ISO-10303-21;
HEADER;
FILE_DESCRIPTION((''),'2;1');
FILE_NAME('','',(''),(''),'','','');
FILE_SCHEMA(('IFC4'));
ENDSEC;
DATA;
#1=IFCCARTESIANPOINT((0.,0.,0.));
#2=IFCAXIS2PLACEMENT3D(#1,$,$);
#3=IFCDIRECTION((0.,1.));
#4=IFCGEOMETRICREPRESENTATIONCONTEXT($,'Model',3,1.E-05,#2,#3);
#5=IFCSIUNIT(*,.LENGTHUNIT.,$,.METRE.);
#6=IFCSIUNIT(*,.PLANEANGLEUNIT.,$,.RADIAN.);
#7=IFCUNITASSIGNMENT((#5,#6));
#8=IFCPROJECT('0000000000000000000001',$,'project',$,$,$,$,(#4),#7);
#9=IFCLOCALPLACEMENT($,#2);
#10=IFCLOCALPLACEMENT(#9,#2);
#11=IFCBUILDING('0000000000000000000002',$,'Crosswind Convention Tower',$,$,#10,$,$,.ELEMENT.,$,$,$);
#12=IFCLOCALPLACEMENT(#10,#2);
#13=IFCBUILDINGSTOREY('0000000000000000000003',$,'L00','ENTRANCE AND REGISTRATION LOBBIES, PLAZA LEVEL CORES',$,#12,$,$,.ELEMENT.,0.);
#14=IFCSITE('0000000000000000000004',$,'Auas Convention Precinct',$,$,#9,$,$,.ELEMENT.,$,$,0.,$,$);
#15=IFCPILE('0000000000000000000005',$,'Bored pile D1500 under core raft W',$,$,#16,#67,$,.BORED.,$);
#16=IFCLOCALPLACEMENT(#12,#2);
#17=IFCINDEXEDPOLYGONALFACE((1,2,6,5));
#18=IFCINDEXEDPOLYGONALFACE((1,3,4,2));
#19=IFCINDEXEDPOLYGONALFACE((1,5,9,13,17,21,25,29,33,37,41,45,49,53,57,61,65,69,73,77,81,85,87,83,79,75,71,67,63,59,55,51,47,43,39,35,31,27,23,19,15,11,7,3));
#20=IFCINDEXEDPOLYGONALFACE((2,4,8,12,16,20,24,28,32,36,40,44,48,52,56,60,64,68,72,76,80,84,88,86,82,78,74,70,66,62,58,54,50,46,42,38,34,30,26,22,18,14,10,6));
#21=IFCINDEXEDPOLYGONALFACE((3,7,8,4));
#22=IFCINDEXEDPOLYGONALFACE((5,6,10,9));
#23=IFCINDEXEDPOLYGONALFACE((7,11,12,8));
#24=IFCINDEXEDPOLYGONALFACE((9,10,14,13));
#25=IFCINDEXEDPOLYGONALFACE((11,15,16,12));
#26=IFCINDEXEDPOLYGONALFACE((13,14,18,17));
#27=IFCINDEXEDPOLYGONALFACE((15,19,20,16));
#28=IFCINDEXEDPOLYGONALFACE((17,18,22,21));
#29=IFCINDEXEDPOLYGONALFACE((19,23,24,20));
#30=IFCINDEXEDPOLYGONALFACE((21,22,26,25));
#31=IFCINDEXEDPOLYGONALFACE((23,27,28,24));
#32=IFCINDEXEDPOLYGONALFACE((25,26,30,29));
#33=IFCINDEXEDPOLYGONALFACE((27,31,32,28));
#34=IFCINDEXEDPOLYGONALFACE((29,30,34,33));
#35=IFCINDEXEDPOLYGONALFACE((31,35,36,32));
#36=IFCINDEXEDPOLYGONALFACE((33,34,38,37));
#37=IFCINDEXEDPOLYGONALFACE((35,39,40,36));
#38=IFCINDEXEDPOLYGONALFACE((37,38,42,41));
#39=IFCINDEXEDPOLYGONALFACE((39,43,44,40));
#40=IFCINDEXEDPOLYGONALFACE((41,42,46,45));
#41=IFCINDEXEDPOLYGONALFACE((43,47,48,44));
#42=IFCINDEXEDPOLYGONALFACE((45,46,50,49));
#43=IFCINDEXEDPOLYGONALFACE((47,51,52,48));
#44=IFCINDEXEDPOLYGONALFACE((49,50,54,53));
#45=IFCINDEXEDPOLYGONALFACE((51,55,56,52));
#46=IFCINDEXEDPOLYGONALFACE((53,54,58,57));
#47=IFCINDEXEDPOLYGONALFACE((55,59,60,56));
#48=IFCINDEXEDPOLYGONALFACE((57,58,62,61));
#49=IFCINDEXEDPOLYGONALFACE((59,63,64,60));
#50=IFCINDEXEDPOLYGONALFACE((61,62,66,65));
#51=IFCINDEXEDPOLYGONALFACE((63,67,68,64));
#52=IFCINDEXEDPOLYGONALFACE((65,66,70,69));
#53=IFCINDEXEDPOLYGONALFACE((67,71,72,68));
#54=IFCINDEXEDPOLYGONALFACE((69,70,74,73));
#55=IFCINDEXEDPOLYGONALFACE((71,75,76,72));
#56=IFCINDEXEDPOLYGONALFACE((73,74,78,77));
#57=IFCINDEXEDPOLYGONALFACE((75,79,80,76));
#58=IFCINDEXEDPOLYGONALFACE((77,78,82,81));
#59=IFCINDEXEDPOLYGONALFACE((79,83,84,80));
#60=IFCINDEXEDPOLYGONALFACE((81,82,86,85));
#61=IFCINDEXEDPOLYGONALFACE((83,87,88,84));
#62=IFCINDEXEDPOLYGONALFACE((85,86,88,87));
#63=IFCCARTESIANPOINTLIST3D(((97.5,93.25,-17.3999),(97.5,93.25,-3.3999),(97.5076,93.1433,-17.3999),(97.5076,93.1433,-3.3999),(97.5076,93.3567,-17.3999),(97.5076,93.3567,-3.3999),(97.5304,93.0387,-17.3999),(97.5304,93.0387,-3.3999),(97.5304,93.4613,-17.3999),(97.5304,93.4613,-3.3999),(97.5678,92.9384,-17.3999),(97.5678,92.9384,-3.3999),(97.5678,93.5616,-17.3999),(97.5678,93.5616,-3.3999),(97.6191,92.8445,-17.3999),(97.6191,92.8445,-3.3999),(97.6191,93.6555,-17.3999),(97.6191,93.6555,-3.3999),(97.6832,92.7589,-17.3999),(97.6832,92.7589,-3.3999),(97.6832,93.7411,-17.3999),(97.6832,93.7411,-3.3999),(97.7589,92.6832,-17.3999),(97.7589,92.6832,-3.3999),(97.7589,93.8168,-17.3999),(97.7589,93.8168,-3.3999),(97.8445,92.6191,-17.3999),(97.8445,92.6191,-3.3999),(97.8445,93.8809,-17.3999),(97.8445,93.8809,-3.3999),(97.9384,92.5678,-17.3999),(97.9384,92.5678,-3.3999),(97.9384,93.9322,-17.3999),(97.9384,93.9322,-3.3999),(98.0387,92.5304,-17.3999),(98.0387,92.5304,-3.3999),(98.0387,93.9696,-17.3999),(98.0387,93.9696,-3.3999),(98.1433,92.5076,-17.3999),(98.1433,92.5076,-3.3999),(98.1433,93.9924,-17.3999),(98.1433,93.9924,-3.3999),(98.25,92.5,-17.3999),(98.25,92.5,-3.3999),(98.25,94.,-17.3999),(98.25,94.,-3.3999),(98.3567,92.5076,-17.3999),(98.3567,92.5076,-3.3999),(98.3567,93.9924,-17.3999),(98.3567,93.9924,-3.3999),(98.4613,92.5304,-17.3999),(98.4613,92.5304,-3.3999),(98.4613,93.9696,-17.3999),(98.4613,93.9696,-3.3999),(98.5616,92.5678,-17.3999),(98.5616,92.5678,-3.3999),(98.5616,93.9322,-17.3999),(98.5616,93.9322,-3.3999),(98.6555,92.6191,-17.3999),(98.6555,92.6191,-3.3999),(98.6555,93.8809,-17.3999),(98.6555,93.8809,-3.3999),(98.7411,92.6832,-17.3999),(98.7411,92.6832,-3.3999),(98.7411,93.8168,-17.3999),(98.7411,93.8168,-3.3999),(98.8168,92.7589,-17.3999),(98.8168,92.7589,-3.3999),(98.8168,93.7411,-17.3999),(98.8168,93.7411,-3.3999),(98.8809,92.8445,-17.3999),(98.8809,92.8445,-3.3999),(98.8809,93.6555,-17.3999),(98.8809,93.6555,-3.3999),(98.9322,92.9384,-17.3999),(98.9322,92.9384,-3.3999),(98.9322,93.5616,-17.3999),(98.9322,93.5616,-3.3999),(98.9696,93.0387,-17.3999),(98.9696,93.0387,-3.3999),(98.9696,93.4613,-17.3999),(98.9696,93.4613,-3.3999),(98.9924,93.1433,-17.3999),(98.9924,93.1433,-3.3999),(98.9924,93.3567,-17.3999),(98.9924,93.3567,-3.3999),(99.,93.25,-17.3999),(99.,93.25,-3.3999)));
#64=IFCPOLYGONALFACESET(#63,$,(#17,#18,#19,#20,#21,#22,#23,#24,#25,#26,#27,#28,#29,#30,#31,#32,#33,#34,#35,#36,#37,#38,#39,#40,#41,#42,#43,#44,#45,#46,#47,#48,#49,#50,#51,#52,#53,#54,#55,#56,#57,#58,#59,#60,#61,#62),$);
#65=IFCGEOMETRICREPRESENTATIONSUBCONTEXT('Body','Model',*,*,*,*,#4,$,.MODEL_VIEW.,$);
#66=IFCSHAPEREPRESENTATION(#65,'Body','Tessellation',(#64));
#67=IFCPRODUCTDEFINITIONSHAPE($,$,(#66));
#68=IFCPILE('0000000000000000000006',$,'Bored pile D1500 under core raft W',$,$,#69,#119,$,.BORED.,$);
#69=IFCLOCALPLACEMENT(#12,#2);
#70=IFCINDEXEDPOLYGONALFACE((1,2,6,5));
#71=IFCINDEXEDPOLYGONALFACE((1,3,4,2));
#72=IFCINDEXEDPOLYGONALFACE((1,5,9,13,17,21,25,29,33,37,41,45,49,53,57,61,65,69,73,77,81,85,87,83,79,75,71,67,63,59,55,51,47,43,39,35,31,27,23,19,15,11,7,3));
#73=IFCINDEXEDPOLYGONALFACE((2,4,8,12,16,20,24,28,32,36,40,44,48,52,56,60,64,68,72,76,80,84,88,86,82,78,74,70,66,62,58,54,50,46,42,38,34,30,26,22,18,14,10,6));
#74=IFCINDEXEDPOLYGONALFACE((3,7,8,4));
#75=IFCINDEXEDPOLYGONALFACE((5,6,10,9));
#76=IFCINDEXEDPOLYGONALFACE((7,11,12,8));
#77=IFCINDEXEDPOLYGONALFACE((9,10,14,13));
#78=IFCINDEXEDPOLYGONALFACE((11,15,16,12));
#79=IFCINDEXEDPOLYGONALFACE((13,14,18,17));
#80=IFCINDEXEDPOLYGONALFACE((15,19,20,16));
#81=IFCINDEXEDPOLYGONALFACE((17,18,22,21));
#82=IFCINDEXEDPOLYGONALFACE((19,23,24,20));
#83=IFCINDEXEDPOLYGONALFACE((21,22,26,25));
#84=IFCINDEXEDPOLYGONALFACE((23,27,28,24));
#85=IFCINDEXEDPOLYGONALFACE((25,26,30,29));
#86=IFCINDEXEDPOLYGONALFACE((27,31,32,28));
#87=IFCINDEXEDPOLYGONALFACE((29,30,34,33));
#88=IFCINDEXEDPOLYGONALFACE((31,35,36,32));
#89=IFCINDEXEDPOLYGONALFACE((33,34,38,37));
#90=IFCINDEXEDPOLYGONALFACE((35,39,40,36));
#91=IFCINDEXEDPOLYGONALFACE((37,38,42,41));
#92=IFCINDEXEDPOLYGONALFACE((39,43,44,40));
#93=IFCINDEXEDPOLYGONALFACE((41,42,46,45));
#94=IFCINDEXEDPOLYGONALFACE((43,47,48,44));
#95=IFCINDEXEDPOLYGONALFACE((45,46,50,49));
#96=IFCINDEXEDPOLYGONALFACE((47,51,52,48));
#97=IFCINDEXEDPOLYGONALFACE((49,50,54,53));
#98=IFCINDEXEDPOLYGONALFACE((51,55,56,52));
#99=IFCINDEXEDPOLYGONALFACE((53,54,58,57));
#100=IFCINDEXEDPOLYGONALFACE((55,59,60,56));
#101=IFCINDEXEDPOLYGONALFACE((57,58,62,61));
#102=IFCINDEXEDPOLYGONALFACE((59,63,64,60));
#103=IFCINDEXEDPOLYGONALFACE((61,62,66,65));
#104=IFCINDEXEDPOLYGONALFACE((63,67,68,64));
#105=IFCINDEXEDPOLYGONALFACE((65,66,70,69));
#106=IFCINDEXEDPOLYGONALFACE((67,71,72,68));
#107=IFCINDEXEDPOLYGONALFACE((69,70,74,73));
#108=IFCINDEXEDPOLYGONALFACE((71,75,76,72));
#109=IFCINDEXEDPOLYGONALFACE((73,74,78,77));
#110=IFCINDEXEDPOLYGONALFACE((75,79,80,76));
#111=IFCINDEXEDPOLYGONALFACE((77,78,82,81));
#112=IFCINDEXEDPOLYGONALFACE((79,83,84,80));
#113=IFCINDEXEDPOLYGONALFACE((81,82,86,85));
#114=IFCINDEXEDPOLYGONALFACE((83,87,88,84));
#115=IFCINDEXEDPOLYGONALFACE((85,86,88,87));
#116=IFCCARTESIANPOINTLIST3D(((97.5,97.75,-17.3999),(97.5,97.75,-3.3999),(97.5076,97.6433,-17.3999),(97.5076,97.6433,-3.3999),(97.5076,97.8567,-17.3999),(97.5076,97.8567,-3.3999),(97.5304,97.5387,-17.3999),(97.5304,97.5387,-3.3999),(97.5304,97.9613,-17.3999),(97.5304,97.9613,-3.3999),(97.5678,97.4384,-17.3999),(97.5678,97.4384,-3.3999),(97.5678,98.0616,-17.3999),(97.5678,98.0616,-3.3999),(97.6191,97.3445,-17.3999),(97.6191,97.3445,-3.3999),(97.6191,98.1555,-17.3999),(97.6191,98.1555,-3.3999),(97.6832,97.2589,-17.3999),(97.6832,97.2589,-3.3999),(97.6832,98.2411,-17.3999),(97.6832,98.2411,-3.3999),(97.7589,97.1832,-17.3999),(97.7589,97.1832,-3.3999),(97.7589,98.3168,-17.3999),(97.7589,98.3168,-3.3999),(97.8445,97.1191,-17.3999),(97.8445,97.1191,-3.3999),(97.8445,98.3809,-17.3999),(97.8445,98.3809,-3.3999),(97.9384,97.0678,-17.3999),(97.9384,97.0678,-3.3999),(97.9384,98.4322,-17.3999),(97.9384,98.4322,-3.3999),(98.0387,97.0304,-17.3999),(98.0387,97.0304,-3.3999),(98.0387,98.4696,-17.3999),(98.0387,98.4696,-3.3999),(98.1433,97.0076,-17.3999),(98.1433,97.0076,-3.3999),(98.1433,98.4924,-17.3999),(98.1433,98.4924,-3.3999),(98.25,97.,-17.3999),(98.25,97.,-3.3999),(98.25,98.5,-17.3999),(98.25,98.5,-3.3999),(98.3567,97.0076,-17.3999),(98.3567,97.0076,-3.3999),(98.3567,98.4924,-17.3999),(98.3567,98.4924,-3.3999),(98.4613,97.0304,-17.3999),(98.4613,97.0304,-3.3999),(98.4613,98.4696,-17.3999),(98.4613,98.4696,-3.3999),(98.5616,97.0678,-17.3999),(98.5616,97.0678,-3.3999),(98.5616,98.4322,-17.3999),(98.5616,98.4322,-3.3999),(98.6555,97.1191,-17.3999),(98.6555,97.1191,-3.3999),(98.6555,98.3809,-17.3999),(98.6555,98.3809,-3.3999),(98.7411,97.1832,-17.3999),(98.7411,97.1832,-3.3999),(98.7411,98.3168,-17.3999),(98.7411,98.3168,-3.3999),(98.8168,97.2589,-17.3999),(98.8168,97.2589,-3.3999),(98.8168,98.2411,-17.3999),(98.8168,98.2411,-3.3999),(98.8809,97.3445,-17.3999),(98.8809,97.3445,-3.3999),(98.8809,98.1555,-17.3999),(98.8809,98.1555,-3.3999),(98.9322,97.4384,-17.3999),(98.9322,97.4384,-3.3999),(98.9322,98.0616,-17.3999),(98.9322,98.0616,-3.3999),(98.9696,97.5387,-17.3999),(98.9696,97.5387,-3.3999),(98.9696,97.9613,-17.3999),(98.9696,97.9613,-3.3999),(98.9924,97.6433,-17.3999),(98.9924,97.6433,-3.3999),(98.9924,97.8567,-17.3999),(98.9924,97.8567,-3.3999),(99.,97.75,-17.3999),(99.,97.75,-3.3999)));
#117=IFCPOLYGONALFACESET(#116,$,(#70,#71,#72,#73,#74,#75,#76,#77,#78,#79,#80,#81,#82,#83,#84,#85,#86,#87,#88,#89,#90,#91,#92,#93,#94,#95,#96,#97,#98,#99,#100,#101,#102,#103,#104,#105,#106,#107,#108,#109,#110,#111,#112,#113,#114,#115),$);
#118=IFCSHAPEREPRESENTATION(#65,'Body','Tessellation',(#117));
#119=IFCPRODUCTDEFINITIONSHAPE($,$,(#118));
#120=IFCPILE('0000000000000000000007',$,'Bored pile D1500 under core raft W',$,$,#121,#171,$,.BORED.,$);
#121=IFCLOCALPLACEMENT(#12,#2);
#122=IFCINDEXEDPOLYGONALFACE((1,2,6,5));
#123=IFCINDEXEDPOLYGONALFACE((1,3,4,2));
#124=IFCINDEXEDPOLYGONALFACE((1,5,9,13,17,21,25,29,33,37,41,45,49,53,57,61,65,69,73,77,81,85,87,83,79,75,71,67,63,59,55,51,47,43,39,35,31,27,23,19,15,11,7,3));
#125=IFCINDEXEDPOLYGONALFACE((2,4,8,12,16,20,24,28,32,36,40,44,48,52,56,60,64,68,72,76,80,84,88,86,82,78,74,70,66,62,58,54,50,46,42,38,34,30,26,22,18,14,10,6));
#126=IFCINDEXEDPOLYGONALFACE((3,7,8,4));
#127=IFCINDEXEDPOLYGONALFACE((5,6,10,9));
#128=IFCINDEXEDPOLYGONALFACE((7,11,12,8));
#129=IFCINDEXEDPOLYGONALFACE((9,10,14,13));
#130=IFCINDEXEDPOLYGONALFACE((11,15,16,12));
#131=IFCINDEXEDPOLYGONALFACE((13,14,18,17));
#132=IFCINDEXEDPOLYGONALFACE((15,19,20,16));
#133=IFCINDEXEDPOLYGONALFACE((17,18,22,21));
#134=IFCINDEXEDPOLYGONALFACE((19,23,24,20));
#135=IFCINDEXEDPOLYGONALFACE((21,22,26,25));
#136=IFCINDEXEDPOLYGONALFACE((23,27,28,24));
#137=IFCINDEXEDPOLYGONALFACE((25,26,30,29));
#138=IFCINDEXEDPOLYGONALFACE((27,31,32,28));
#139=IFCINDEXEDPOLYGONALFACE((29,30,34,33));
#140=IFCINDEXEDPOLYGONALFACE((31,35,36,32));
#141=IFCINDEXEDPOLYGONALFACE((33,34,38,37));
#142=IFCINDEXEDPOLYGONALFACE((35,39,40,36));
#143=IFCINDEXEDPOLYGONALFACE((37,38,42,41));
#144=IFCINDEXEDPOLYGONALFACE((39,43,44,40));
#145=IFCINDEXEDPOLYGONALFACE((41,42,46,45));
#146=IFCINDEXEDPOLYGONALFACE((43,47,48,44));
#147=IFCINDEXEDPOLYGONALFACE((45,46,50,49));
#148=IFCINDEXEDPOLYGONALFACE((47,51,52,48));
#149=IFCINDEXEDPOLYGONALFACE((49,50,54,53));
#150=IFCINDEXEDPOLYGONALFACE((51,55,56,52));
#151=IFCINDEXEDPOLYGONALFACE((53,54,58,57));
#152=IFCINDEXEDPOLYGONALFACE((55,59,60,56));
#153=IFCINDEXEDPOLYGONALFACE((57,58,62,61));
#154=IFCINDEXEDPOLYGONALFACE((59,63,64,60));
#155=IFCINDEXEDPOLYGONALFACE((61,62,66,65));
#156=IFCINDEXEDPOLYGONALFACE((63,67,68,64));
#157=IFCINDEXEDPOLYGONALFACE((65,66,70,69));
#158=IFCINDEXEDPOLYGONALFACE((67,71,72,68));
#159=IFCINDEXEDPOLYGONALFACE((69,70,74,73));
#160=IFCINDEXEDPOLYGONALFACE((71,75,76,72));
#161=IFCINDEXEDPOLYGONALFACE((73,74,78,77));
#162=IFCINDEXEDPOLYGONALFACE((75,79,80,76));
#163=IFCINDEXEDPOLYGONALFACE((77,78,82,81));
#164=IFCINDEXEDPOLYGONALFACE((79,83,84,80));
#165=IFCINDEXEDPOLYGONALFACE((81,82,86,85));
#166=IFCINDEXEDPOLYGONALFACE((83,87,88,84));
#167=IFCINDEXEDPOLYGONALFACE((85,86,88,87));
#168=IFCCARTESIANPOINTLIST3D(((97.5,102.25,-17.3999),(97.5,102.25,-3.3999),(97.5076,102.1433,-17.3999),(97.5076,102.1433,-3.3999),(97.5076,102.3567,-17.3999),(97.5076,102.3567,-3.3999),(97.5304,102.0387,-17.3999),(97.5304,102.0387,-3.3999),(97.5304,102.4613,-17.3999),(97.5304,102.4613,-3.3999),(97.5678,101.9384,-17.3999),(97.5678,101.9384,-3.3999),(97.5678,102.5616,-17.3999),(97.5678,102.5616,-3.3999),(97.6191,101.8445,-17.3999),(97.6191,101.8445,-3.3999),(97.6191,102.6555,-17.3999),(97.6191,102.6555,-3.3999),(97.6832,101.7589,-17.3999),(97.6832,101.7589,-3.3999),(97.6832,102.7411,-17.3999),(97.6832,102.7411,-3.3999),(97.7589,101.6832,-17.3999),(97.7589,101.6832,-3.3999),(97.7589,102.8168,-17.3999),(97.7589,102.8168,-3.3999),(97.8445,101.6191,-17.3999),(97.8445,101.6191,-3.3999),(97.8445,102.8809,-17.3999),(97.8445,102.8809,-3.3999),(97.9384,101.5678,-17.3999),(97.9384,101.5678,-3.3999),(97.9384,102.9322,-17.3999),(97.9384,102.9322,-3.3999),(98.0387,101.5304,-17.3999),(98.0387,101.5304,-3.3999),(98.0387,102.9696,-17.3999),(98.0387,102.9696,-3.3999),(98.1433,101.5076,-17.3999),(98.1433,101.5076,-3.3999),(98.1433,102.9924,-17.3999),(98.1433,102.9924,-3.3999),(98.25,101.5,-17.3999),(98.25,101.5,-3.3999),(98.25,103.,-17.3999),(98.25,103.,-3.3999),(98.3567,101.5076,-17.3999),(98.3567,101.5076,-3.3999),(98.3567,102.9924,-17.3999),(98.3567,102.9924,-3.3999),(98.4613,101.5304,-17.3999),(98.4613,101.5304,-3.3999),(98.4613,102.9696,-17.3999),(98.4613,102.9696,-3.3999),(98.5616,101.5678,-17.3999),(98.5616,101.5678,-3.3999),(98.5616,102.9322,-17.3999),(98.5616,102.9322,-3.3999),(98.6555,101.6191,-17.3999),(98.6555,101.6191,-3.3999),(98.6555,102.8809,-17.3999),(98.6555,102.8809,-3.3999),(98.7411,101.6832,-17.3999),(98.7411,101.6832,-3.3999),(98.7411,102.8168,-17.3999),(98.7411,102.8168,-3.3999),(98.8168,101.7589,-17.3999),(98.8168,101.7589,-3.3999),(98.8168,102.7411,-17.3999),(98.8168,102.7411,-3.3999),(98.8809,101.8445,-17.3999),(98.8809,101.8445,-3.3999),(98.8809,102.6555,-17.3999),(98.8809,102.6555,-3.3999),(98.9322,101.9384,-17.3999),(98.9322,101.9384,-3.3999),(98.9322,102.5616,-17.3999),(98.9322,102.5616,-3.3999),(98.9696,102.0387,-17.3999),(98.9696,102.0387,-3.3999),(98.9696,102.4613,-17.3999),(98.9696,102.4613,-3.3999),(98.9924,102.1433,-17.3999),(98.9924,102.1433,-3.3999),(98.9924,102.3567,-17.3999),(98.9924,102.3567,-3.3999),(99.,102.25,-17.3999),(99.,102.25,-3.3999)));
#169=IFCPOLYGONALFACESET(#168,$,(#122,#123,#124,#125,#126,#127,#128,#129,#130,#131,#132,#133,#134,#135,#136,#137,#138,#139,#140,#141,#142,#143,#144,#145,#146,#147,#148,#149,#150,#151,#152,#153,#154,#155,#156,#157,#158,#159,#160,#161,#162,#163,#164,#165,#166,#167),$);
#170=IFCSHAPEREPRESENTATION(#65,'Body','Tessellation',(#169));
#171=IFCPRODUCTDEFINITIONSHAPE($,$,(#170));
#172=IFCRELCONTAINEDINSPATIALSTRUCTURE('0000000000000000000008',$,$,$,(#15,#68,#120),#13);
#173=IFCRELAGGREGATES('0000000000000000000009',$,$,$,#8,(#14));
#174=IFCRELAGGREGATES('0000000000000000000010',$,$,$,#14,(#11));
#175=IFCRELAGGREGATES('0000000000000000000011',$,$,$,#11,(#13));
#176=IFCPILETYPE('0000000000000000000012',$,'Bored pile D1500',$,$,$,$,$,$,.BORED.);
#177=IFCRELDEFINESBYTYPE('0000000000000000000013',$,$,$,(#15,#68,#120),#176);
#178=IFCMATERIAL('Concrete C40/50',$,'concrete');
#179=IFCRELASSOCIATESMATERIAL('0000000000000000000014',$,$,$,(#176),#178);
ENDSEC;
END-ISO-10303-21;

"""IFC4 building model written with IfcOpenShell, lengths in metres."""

from ifc_helpers import new_model, si_unit, direction, frame, origin, origin_2d, place, context, subcontext, project, spatial, circle, extrude, material, material_profile, profile_set, type_object, element, save


model = new_model("IFC4")

# Units and contexts
model_context = context("Model", 3, precision=1e-05, world=origin(), true_north=direction((0.0, 1.0)))
body_context = subcontext(model_context, "Body", "Model", "MODEL_VIEW")
ifc_project = project(units=[si_unit("LENGTHUNIT", "METRE"), si_unit("PLANEANGLEUNIT", "RADIAN")], contexts=[model_context])

# Site, building, storey
site_placement = place(None, origin())
site = spatial("IfcSite", under=ifc_project, at=site_placement, Name="Auas Convention Precinct", CompositionType="ELEMENT", RefElevation=0.0)
building_placement = place(site_placement, origin())
building = spatial("IfcBuilding", under=site, at=building_placement, Name="Crosswind Convention Tower", CompositionType="ELEMENT")
storey_placement = place(building_placement, origin())
storey = spatial("IfcBuildingStorey", under=building, at=storey_placement, Name="L00", Description="ENTRANCE AND REGISTRATION LOBBIES, PLAZA LEVEL CORES", CompositionType="ELEMENT", Elevation=0.0)

# Piles
ifc_material_1 = material(Name="Concrete C40/50", Category="concrete")
ifc_material_profile = material_profile(ifc_material_1, circle(Radius=0.75, at=origin_2d()), Name="Bored pile D1500")
ifc_profile_set = profile_set([ifc_material_profile], Name="Concrete C40/50")
pile_type = type_object("IfcPileType", Name="Bored pile D1500", PredefinedType="BORED", material=ifc_profile_set)
for number, where, z_axis, x_axis, name in (
    (1, (98.25, 93.25, -3.3999), (0.0, 0.0, -1.0), (1.0, 0.0, 0.0), "Bored pile D1500 under core raft W"),
    (2, (98.25, 97.75, -3.3999), (0.0, 0.0, -1.0), (1.0, 0.0, 0.0), "Bored pile D1500 under core raft W"),
    (3, (98.25, 102.25, -3.3999), (0.0, 0.0, -1.0), (1.0, 0.0, 0.0), "Bored pile D1500 under core raft W"),
):
    element("IfcPile", number, at=place(storey_placement, frame(where, z_axis=z_axis, x_axis=x_axis)), inside=storey, type_object=pile_type, Name=name, PredefinedType="BORED", context=body_context, shape_type="SweptSolid", body=[
        extrude(circle(Radius=0.75, at=origin_2d()), origin(), (0.0, 0.0, 1.0), 14.0),
    ])

save(model, "model.ifc")
